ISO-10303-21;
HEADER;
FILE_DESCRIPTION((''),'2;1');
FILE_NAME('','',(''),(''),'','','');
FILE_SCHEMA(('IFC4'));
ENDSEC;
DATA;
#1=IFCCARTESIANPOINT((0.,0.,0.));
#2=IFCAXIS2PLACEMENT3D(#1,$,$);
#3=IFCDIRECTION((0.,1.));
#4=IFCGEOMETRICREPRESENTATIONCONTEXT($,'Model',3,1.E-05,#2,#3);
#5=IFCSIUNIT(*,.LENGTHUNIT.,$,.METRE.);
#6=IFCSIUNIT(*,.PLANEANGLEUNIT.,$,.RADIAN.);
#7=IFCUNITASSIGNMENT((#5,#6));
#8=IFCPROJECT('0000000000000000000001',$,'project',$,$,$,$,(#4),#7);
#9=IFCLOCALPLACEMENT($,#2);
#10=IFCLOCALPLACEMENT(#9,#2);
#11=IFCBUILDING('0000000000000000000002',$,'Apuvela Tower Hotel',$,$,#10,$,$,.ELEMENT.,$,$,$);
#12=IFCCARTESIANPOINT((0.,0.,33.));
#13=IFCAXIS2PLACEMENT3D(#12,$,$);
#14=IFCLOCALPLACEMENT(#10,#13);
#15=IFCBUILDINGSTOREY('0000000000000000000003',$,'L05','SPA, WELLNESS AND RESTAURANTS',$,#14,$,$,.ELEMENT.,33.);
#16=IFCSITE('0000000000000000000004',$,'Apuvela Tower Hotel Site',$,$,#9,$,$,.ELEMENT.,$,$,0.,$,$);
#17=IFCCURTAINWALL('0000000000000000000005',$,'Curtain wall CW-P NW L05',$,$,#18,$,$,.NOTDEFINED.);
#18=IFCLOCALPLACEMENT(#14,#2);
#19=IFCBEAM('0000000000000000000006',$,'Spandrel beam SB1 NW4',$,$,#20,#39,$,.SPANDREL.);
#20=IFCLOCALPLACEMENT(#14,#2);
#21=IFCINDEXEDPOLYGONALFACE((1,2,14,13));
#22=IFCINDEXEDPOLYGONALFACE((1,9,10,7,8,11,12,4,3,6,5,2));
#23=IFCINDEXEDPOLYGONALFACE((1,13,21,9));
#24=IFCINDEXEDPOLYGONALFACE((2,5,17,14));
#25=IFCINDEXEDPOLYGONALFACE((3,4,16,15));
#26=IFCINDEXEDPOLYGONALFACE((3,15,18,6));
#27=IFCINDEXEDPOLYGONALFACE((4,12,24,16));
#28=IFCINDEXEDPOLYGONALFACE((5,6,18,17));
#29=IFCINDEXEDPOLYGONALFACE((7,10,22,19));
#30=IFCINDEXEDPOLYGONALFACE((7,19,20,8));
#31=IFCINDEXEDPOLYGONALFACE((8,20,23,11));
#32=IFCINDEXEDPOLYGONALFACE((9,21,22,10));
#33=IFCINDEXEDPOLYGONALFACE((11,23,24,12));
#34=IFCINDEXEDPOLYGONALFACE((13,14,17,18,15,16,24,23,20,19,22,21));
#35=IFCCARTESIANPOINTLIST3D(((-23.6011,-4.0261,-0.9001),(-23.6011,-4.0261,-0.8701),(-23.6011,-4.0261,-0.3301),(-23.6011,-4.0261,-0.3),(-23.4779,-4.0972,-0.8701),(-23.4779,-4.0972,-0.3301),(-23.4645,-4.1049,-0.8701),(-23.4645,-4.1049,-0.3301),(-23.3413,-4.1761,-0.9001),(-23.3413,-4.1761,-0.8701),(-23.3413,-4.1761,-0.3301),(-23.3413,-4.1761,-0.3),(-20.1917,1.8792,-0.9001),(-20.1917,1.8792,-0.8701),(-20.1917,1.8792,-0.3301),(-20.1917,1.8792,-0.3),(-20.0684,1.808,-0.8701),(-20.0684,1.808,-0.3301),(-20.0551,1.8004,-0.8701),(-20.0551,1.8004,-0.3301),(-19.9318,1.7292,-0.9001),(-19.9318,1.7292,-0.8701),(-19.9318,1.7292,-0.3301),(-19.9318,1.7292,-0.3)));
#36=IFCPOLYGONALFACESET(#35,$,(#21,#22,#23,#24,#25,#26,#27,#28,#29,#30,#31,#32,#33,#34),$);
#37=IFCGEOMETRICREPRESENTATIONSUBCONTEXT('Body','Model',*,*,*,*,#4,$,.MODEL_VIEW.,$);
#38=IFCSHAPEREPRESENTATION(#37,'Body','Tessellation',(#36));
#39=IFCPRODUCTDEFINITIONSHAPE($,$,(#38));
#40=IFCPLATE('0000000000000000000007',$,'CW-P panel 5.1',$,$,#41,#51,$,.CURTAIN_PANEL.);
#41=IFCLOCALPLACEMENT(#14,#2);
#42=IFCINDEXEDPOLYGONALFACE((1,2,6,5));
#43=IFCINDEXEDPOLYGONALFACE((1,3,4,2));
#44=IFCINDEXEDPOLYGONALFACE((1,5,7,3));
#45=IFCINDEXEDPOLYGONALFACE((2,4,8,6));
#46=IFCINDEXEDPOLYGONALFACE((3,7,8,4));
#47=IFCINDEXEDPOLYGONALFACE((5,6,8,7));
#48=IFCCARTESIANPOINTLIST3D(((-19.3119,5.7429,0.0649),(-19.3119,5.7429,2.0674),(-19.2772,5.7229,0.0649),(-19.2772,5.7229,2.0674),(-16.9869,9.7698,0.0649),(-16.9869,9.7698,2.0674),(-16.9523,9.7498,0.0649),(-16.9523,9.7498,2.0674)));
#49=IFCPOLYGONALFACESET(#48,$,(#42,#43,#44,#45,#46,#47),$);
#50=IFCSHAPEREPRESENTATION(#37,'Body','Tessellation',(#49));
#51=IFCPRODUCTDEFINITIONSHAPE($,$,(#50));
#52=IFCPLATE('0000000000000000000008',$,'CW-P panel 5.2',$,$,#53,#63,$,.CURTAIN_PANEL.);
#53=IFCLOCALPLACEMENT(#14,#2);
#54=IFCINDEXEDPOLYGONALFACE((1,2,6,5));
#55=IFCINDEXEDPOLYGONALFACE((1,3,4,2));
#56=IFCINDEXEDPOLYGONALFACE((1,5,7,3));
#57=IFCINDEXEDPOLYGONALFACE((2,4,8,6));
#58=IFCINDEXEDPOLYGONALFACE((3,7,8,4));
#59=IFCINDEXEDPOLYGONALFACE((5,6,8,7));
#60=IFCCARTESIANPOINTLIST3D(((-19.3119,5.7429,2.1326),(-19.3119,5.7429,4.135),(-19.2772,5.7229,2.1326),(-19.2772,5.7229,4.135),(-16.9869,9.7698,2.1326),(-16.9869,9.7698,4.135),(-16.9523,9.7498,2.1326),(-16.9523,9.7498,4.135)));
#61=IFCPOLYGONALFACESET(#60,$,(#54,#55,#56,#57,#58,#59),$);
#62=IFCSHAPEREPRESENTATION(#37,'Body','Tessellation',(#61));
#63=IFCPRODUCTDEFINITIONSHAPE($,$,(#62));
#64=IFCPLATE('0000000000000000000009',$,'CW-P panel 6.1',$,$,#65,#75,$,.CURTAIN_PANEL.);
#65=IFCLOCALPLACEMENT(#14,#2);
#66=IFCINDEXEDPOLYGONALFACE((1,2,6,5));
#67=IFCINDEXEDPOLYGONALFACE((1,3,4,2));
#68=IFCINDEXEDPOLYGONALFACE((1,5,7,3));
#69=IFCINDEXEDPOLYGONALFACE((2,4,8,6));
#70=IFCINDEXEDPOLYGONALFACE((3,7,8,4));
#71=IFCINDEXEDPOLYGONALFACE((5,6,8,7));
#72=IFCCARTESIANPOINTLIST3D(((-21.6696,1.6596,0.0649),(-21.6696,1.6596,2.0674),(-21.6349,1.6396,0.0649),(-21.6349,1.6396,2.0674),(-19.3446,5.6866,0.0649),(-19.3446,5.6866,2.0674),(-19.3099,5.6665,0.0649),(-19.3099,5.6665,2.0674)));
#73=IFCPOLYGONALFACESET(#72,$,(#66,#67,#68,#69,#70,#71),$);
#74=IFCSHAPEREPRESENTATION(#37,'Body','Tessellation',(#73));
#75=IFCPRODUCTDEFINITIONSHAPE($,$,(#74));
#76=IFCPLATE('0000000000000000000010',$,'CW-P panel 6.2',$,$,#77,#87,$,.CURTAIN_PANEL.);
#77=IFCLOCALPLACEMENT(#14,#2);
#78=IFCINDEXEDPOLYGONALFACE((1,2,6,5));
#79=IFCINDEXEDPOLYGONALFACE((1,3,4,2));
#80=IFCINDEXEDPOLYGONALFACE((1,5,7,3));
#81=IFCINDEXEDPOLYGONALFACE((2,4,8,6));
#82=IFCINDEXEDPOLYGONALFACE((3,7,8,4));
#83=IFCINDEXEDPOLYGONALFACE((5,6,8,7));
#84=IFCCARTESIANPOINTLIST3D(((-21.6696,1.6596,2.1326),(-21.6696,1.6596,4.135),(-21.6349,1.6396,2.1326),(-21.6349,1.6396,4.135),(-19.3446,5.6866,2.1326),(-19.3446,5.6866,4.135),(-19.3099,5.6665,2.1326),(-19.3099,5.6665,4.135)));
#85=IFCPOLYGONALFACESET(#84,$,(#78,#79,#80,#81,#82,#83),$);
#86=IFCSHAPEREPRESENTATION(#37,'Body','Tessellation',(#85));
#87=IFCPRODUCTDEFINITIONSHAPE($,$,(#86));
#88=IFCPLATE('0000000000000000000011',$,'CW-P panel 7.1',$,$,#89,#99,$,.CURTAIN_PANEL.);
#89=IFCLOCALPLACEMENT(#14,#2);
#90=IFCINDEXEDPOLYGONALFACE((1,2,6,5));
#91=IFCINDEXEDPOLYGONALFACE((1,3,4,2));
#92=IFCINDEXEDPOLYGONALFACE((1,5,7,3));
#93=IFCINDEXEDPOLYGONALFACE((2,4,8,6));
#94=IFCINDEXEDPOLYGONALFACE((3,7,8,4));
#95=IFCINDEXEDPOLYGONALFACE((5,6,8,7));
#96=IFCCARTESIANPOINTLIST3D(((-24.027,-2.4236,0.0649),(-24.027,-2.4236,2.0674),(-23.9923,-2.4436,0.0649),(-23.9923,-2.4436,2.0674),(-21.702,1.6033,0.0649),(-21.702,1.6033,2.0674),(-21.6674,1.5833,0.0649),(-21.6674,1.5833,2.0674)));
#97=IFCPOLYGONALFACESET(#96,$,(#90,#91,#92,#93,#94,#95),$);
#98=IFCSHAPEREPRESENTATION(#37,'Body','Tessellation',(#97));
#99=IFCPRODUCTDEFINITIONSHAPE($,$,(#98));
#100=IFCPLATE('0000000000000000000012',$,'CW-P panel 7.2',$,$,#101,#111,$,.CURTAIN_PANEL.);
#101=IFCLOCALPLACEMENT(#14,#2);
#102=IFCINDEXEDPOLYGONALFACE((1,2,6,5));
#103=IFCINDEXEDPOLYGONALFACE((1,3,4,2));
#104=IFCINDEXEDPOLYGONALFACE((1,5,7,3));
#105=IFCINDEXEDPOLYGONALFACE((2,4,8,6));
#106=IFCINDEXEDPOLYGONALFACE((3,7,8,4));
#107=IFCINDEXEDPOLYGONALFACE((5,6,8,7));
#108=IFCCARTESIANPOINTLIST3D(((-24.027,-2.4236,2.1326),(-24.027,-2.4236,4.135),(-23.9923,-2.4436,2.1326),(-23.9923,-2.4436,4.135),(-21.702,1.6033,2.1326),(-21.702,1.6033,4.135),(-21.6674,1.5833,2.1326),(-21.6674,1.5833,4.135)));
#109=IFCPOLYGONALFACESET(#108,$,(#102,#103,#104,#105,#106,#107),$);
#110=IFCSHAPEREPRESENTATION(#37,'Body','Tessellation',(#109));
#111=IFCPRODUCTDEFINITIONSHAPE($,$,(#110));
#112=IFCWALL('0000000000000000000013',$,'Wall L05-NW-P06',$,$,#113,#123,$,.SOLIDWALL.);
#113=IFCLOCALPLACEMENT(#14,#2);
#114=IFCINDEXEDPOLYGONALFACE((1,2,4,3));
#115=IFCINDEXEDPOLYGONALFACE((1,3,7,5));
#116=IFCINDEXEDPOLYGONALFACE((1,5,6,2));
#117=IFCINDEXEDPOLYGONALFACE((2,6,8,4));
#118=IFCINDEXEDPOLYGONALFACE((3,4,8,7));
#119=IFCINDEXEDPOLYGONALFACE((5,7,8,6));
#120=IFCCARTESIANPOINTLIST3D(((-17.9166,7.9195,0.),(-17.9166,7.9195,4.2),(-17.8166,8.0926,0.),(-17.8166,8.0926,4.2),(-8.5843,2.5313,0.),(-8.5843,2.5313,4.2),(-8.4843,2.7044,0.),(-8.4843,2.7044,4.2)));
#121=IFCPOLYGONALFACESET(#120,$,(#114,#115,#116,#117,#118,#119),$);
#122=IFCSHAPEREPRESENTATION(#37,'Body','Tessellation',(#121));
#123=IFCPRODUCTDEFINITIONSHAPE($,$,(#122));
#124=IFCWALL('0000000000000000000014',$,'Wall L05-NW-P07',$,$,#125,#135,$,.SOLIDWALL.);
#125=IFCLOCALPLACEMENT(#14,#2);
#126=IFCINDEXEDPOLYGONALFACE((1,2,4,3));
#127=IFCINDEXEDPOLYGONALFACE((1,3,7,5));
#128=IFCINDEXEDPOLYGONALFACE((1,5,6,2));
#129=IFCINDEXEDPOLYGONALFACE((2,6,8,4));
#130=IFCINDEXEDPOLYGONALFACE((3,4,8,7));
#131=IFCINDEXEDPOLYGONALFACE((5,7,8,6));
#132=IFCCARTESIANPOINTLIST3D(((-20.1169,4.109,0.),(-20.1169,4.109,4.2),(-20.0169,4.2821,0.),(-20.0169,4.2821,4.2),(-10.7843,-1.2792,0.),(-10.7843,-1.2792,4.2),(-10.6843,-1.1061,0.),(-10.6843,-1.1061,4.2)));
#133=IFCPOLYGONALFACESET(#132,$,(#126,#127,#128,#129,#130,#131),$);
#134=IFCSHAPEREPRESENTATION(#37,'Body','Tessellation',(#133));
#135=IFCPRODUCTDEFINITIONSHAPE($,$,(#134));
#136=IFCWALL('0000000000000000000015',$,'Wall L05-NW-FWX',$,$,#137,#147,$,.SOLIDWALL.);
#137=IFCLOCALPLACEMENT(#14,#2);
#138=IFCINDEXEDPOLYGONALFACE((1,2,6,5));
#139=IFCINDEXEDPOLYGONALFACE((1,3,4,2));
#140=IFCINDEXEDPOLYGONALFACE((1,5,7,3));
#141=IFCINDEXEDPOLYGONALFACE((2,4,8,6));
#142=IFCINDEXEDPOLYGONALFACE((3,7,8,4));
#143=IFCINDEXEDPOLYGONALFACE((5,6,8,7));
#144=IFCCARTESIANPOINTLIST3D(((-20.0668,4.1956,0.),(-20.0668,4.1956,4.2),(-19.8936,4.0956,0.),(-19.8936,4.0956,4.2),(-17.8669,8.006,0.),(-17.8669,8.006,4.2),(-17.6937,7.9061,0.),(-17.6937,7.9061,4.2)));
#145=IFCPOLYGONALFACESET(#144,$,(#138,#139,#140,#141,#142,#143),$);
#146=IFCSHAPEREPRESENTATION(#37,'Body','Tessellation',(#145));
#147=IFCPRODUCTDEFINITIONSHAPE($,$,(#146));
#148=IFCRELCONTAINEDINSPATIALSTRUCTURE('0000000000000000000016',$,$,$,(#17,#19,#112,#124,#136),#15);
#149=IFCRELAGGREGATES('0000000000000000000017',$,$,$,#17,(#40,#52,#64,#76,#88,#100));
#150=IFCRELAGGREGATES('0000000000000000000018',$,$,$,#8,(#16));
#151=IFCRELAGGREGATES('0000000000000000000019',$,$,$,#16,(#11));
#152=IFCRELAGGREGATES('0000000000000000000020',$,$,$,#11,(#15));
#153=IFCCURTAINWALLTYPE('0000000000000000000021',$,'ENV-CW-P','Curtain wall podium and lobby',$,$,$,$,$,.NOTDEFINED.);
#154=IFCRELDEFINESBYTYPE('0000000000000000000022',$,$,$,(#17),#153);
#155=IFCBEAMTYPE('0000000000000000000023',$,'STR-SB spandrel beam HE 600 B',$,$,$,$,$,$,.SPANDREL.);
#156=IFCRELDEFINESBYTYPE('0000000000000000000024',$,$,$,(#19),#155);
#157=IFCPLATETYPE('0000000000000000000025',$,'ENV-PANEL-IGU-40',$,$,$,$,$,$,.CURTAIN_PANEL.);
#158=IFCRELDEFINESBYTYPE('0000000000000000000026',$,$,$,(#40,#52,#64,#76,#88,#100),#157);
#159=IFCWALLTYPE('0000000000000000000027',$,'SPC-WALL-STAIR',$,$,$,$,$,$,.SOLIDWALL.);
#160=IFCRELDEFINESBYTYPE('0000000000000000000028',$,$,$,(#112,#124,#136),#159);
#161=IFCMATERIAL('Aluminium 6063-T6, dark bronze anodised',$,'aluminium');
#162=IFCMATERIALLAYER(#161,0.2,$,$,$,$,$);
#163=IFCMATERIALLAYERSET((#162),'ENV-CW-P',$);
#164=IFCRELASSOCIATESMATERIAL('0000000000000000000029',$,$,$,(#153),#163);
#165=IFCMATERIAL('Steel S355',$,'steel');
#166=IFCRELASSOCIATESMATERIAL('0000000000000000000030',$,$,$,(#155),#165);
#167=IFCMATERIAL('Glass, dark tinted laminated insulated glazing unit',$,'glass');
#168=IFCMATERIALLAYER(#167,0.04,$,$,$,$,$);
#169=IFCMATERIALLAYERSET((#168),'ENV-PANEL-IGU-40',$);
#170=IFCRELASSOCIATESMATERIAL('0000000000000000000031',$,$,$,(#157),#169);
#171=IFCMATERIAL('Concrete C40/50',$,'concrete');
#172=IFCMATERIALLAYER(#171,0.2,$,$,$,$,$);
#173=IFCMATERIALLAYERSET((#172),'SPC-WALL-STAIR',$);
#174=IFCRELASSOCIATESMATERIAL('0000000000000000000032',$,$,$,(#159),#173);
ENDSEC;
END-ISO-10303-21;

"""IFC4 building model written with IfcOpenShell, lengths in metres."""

from ifc_helpers import new_model, si_unit, direction, frame, frame_2d, origin, origin_2d, place, context, subcontext, project, spatial, rectangle, i_section, extrude, material, layer, layer_set, material_profile, profile_set, type_object, element, aggregate, save


model = new_model("IFC4")

# Units and contexts
model_context = context("Model", 3, precision=1e-05, world=origin(), true_north=direction((0.0, 1.0)))
body_context = subcontext(model_context, "Body", "Model", "MODEL_VIEW")
ifc_project = project(units=[si_unit("LENGTHUNIT", "METRE"), si_unit("PLANEANGLEUNIT", "RADIAN")], contexts=[model_context])

# Site, building, storey
site_placement = place(None, origin())
site = spatial("IfcSite", under=ifc_project, at=site_placement, Name="Apuvela Tower Hotel Site", CompositionType="ELEMENT", RefElevation=0.0)
building_placement = place(site_placement, origin())
building = spatial("IfcBuilding", under=site, at=building_placement, Name="Apuvela Tower Hotel", CompositionType="ELEMENT")
storey_placement = place(building_placement, frame((0.0, 0.0, 33.0)))
storey = spatial("IfcBuildingStorey", under=building, at=storey_placement, Name="L05", Description="SPA, WELLNESS AND RESTAURANTS", CompositionType="ELEMENT", Elevation=33.0)

# Curtain wall
ifc_material_1 = material(Name="Aluminium 6063-T6, dark bronze anodised", Category="aluminium")
ifc_layer_1 = layer(ifc_material_1, 0.2)
ifc_layer_set_1 = layer_set([ifc_layer_1], Name="ENV-CW-P")
curtain_wall_type = type_object("IfcCurtainWallType", Name="ENV-CW-P", Description="Curtain wall podium and lobby", PredefinedType="NOTDEFINED", material=ifc_layer_set_1)
curtain_wall_placement = place(storey_placement, origin())
curtain_wall = element("IfcCurtainWall", 1, at=curtain_wall_placement, inside=storey, type_object=curtain_wall_type, Name="Curtain wall CW-P NW L05", PredefinedType="NOTDEFINED")

# Beam
ifc_material_2 = material(Name="Steel S355", Category="steel")
ifc_material_profile_1 = material_profile(ifc_material_2, i_section(OverallWidth=0.3, OverallDepth=0.6001, WebThickness=0.0154, FlangeThickness=0.03, at=origin_2d()), Name="HE 600 B")
ifc_profile_set_1 = profile_set([ifc_material_profile_1], Name="Steel S355")
beam_type_1 = type_object("IfcBeamType", Name="STR-SB spandrel beam HE 600 B", PredefinedType="SPANDREL", material=ifc_profile_set_1)
beam_1_placement = place(storey_placement, frame((-20.0618, 1.8042, -0.6001), z_axis=(-0.500001, -0.866025, 0.0), x_axis=(0.866025, -0.500001, 0.0)))
element("IfcBeam", 2, at=beam_1_placement, inside=storey, type_object=beam_type_1, Name="Spandrel beam SB1 NW4", PredefinedType="SPANDREL", context=body_context, shape_type="SweptSolid", body=[
    extrude(i_section(OverallWidth=0.3, OverallDepth=0.6001, WebThickness=0.0154, FlangeThickness=0.03, at=origin_2d()), origin(), (0.0, 0.0, 1.0), 6.8188),
])

# Plates
ifc_material_3 = material(Name="Glass, dark tinted laminated insulated glazing unit", Category="glass")
ifc_layer_2 = layer(ifc_material_3, 0.04)
ifc_layer_set_2 = layer_set([ifc_layer_2], Name="ENV-PANEL-IGU-40")
plate_type = type_object("IfcPlateType", Name="ENV-PANEL-IGU-40", PredefinedType="CURTAIN_PANEL", material=ifc_layer_set_2)
plate_1_placement = place(storey_placement, frame((-18.1321, 7.7463, 0.0649), z_axis=(0.0, 0.0, 1.0), x_axis=(-0.5, -0.866026, 0.0)))
plate_1 = element("IfcPlate", 3, at=plate_1_placement, type_object=plate_type, Name="CW-P panel 5.1", PredefinedType="CURTAIN_PANEL", context=body_context, shape_type="SweptSolid", body=[
    extrude(rectangle(XDim=4.6499, YDim=0.04, at=origin_2d()), origin(), (0.0, 0.0, 1.0), 2.0024),
])
plate_2_placement = place(storey_placement, frame((-18.1321, 7.7463, 2.1326), z_axis=(0.0, 0.0, 1.0), x_axis=(-0.5, -0.866026, 0.0)))
plate_2 = element("IfcPlate", 4, at=plate_2_placement, type_object=plate_type, Name="CW-P panel 5.2", PredefinedType="CURTAIN_PANEL", context=body_context, shape_type="SweptSolid", body=[
    extrude(rectangle(XDim=4.6499, YDim=0.04, at=origin_2d()), origin(), (0.0, 0.0, 1.0), 2.0024),
])
plate_3_placement = place(storey_placement, frame((-20.4897, 3.6631, 0.0649), z_axis=(0.0, 0.0, 1.0), x_axis=(-0.5, -0.866026, 0.0)))
plate_3 = element("IfcPlate", 5, at=plate_3_placement, type_object=plate_type, Name="CW-P panel 6.1", PredefinedType="CURTAIN_PANEL", context=body_context, shape_type="SweptSolid", body=[
    extrude(rectangle(XDim=4.6499, YDim=0.04, at=origin_2d()), origin(), (0.0, 0.0, 1.0), 2.0024),
])
plate_4_placement = place(storey_placement, frame((-20.4897, 3.6631, 2.1326), z_axis=(0.0, 0.0, 1.0), x_axis=(-0.5, -0.866026, 0.0)))
plate_4 = element("IfcPlate", 6, at=plate_4_placement, type_object=plate_type, Name="CW-P panel 6.2", PredefinedType="CURTAIN_PANEL", context=body_context, shape_type="SweptSolid", body=[
    extrude(rectangle(XDim=4.6499, YDim=0.04, at=origin_2d()), origin(), (0.0, 0.0, 1.0), 2.0024),
])
plate_5_placement = place(storey_placement, frame((-22.8472, -0.4202, 0.0649), z_axis=(0.0, 0.0, 1.0), x_axis=(-0.5, -0.866026, 0.0)))
plate_5 = element("IfcPlate", 7, at=plate_5_placement, type_object=plate_type, Name="CW-P panel 7.1", PredefinedType="CURTAIN_PANEL", context=body_context, shape_type="SweptSolid", body=[
    extrude(rectangle(XDim=4.6499, YDim=0.04, at=origin_2d()), origin(), (0.0, 0.0, 1.0), 2.0024),
])
plate_6_placement = place(storey_placement, frame((-22.8472, -0.4202, 2.1326), z_axis=(0.0, 0.0, 1.0), x_axis=(-0.5, -0.866026, 0.0)))
plate_6 = element("IfcPlate", 8, at=plate_6_placement, type_object=plate_type, Name="CW-P panel 7.2", PredefinedType="CURTAIN_PANEL", context=body_context, shape_type="SweptSolid", body=[
    extrude(rectangle(XDim=4.6499, YDim=0.04, at=origin_2d()), origin(), (0.0, 0.0, 1.0), 2.0024),
])
aggregate(curtain_wall, [plate_1, plate_2, plate_3, plate_4, plate_5, plate_6])

# Walls
ifc_material_4 = material(Name="Concrete C40/50", Category="concrete")
ifc_layer_3 = layer(ifc_material_4, 0.2)
ifc_layer_set_3 = layer_set([ifc_layer_3], Name="SPC-WALL-STAIR")
wall_type = type_object("IfcWallType", Name="SPC-WALL-STAIR", PredefinedType="SOLIDWALL", material=ifc_layer_set_3)
wall_1_placement = place(storey_placement, frame((-17.8667, 8.0061, 0.0), z_axis=(0.0, 0.0, 1.0), x_axis=(0.866018, -0.500013, 0.0)))
element("IfcWall", 9, at=wall_1_placement, inside=storey, type_object=wall_type, Name="Wall L05-NW-P06", PredefinedType="SOLIDWALL", context=body_context, shape_type="SweptSolid", body=[
    extrude(rectangle(XDim=10.7761, YDim=0.2, at=frame_2d((5.3882, 0.0))), origin(), (0.0, 0.0, 1.0), 4.2),
])
wall_2_placement = place(storey_placement, frame((-20.0669, 4.1956, 0.0), z_axis=(0.0, 0.0, 1.0), x_axis=(0.866023, -0.500004, 0.0)))
element("IfcWall", 10, at=wall_2_placement, inside=storey, type_object=wall_type, Name="Wall L05-NW-P07", PredefinedType="SOLIDWALL", context=body_context, shape_type="SweptSolid", body=[
    extrude(rectangle(XDim=10.7764, YDim=0.2, at=frame_2d((5.3882, 0.0))), origin(), (0.0, 0.0, 1.0), 4.2),
])
wall_3_placement = place(storey_placement, frame((-17.7803, 7.9561, 0.0), z_axis=(0.0, 0.0, 1.0), x_axis=(-0.499988, -0.866032, 0.0)))
element("IfcWall", 11, at=wall_3_placement, inside=storey, type_object=wall_type, Name="Wall L05-NW-FWX", PredefinedType="SOLIDWALL", context=body_context, shape_type="SweptSolid", body=[
    extrude(rectangle(XDim=4.3999, YDim=0.2, at=frame_2d((2.2, 0.0))), origin(), (0.0, 0.0, 1.0), 4.2),
])

save(model, "model.ifc")
